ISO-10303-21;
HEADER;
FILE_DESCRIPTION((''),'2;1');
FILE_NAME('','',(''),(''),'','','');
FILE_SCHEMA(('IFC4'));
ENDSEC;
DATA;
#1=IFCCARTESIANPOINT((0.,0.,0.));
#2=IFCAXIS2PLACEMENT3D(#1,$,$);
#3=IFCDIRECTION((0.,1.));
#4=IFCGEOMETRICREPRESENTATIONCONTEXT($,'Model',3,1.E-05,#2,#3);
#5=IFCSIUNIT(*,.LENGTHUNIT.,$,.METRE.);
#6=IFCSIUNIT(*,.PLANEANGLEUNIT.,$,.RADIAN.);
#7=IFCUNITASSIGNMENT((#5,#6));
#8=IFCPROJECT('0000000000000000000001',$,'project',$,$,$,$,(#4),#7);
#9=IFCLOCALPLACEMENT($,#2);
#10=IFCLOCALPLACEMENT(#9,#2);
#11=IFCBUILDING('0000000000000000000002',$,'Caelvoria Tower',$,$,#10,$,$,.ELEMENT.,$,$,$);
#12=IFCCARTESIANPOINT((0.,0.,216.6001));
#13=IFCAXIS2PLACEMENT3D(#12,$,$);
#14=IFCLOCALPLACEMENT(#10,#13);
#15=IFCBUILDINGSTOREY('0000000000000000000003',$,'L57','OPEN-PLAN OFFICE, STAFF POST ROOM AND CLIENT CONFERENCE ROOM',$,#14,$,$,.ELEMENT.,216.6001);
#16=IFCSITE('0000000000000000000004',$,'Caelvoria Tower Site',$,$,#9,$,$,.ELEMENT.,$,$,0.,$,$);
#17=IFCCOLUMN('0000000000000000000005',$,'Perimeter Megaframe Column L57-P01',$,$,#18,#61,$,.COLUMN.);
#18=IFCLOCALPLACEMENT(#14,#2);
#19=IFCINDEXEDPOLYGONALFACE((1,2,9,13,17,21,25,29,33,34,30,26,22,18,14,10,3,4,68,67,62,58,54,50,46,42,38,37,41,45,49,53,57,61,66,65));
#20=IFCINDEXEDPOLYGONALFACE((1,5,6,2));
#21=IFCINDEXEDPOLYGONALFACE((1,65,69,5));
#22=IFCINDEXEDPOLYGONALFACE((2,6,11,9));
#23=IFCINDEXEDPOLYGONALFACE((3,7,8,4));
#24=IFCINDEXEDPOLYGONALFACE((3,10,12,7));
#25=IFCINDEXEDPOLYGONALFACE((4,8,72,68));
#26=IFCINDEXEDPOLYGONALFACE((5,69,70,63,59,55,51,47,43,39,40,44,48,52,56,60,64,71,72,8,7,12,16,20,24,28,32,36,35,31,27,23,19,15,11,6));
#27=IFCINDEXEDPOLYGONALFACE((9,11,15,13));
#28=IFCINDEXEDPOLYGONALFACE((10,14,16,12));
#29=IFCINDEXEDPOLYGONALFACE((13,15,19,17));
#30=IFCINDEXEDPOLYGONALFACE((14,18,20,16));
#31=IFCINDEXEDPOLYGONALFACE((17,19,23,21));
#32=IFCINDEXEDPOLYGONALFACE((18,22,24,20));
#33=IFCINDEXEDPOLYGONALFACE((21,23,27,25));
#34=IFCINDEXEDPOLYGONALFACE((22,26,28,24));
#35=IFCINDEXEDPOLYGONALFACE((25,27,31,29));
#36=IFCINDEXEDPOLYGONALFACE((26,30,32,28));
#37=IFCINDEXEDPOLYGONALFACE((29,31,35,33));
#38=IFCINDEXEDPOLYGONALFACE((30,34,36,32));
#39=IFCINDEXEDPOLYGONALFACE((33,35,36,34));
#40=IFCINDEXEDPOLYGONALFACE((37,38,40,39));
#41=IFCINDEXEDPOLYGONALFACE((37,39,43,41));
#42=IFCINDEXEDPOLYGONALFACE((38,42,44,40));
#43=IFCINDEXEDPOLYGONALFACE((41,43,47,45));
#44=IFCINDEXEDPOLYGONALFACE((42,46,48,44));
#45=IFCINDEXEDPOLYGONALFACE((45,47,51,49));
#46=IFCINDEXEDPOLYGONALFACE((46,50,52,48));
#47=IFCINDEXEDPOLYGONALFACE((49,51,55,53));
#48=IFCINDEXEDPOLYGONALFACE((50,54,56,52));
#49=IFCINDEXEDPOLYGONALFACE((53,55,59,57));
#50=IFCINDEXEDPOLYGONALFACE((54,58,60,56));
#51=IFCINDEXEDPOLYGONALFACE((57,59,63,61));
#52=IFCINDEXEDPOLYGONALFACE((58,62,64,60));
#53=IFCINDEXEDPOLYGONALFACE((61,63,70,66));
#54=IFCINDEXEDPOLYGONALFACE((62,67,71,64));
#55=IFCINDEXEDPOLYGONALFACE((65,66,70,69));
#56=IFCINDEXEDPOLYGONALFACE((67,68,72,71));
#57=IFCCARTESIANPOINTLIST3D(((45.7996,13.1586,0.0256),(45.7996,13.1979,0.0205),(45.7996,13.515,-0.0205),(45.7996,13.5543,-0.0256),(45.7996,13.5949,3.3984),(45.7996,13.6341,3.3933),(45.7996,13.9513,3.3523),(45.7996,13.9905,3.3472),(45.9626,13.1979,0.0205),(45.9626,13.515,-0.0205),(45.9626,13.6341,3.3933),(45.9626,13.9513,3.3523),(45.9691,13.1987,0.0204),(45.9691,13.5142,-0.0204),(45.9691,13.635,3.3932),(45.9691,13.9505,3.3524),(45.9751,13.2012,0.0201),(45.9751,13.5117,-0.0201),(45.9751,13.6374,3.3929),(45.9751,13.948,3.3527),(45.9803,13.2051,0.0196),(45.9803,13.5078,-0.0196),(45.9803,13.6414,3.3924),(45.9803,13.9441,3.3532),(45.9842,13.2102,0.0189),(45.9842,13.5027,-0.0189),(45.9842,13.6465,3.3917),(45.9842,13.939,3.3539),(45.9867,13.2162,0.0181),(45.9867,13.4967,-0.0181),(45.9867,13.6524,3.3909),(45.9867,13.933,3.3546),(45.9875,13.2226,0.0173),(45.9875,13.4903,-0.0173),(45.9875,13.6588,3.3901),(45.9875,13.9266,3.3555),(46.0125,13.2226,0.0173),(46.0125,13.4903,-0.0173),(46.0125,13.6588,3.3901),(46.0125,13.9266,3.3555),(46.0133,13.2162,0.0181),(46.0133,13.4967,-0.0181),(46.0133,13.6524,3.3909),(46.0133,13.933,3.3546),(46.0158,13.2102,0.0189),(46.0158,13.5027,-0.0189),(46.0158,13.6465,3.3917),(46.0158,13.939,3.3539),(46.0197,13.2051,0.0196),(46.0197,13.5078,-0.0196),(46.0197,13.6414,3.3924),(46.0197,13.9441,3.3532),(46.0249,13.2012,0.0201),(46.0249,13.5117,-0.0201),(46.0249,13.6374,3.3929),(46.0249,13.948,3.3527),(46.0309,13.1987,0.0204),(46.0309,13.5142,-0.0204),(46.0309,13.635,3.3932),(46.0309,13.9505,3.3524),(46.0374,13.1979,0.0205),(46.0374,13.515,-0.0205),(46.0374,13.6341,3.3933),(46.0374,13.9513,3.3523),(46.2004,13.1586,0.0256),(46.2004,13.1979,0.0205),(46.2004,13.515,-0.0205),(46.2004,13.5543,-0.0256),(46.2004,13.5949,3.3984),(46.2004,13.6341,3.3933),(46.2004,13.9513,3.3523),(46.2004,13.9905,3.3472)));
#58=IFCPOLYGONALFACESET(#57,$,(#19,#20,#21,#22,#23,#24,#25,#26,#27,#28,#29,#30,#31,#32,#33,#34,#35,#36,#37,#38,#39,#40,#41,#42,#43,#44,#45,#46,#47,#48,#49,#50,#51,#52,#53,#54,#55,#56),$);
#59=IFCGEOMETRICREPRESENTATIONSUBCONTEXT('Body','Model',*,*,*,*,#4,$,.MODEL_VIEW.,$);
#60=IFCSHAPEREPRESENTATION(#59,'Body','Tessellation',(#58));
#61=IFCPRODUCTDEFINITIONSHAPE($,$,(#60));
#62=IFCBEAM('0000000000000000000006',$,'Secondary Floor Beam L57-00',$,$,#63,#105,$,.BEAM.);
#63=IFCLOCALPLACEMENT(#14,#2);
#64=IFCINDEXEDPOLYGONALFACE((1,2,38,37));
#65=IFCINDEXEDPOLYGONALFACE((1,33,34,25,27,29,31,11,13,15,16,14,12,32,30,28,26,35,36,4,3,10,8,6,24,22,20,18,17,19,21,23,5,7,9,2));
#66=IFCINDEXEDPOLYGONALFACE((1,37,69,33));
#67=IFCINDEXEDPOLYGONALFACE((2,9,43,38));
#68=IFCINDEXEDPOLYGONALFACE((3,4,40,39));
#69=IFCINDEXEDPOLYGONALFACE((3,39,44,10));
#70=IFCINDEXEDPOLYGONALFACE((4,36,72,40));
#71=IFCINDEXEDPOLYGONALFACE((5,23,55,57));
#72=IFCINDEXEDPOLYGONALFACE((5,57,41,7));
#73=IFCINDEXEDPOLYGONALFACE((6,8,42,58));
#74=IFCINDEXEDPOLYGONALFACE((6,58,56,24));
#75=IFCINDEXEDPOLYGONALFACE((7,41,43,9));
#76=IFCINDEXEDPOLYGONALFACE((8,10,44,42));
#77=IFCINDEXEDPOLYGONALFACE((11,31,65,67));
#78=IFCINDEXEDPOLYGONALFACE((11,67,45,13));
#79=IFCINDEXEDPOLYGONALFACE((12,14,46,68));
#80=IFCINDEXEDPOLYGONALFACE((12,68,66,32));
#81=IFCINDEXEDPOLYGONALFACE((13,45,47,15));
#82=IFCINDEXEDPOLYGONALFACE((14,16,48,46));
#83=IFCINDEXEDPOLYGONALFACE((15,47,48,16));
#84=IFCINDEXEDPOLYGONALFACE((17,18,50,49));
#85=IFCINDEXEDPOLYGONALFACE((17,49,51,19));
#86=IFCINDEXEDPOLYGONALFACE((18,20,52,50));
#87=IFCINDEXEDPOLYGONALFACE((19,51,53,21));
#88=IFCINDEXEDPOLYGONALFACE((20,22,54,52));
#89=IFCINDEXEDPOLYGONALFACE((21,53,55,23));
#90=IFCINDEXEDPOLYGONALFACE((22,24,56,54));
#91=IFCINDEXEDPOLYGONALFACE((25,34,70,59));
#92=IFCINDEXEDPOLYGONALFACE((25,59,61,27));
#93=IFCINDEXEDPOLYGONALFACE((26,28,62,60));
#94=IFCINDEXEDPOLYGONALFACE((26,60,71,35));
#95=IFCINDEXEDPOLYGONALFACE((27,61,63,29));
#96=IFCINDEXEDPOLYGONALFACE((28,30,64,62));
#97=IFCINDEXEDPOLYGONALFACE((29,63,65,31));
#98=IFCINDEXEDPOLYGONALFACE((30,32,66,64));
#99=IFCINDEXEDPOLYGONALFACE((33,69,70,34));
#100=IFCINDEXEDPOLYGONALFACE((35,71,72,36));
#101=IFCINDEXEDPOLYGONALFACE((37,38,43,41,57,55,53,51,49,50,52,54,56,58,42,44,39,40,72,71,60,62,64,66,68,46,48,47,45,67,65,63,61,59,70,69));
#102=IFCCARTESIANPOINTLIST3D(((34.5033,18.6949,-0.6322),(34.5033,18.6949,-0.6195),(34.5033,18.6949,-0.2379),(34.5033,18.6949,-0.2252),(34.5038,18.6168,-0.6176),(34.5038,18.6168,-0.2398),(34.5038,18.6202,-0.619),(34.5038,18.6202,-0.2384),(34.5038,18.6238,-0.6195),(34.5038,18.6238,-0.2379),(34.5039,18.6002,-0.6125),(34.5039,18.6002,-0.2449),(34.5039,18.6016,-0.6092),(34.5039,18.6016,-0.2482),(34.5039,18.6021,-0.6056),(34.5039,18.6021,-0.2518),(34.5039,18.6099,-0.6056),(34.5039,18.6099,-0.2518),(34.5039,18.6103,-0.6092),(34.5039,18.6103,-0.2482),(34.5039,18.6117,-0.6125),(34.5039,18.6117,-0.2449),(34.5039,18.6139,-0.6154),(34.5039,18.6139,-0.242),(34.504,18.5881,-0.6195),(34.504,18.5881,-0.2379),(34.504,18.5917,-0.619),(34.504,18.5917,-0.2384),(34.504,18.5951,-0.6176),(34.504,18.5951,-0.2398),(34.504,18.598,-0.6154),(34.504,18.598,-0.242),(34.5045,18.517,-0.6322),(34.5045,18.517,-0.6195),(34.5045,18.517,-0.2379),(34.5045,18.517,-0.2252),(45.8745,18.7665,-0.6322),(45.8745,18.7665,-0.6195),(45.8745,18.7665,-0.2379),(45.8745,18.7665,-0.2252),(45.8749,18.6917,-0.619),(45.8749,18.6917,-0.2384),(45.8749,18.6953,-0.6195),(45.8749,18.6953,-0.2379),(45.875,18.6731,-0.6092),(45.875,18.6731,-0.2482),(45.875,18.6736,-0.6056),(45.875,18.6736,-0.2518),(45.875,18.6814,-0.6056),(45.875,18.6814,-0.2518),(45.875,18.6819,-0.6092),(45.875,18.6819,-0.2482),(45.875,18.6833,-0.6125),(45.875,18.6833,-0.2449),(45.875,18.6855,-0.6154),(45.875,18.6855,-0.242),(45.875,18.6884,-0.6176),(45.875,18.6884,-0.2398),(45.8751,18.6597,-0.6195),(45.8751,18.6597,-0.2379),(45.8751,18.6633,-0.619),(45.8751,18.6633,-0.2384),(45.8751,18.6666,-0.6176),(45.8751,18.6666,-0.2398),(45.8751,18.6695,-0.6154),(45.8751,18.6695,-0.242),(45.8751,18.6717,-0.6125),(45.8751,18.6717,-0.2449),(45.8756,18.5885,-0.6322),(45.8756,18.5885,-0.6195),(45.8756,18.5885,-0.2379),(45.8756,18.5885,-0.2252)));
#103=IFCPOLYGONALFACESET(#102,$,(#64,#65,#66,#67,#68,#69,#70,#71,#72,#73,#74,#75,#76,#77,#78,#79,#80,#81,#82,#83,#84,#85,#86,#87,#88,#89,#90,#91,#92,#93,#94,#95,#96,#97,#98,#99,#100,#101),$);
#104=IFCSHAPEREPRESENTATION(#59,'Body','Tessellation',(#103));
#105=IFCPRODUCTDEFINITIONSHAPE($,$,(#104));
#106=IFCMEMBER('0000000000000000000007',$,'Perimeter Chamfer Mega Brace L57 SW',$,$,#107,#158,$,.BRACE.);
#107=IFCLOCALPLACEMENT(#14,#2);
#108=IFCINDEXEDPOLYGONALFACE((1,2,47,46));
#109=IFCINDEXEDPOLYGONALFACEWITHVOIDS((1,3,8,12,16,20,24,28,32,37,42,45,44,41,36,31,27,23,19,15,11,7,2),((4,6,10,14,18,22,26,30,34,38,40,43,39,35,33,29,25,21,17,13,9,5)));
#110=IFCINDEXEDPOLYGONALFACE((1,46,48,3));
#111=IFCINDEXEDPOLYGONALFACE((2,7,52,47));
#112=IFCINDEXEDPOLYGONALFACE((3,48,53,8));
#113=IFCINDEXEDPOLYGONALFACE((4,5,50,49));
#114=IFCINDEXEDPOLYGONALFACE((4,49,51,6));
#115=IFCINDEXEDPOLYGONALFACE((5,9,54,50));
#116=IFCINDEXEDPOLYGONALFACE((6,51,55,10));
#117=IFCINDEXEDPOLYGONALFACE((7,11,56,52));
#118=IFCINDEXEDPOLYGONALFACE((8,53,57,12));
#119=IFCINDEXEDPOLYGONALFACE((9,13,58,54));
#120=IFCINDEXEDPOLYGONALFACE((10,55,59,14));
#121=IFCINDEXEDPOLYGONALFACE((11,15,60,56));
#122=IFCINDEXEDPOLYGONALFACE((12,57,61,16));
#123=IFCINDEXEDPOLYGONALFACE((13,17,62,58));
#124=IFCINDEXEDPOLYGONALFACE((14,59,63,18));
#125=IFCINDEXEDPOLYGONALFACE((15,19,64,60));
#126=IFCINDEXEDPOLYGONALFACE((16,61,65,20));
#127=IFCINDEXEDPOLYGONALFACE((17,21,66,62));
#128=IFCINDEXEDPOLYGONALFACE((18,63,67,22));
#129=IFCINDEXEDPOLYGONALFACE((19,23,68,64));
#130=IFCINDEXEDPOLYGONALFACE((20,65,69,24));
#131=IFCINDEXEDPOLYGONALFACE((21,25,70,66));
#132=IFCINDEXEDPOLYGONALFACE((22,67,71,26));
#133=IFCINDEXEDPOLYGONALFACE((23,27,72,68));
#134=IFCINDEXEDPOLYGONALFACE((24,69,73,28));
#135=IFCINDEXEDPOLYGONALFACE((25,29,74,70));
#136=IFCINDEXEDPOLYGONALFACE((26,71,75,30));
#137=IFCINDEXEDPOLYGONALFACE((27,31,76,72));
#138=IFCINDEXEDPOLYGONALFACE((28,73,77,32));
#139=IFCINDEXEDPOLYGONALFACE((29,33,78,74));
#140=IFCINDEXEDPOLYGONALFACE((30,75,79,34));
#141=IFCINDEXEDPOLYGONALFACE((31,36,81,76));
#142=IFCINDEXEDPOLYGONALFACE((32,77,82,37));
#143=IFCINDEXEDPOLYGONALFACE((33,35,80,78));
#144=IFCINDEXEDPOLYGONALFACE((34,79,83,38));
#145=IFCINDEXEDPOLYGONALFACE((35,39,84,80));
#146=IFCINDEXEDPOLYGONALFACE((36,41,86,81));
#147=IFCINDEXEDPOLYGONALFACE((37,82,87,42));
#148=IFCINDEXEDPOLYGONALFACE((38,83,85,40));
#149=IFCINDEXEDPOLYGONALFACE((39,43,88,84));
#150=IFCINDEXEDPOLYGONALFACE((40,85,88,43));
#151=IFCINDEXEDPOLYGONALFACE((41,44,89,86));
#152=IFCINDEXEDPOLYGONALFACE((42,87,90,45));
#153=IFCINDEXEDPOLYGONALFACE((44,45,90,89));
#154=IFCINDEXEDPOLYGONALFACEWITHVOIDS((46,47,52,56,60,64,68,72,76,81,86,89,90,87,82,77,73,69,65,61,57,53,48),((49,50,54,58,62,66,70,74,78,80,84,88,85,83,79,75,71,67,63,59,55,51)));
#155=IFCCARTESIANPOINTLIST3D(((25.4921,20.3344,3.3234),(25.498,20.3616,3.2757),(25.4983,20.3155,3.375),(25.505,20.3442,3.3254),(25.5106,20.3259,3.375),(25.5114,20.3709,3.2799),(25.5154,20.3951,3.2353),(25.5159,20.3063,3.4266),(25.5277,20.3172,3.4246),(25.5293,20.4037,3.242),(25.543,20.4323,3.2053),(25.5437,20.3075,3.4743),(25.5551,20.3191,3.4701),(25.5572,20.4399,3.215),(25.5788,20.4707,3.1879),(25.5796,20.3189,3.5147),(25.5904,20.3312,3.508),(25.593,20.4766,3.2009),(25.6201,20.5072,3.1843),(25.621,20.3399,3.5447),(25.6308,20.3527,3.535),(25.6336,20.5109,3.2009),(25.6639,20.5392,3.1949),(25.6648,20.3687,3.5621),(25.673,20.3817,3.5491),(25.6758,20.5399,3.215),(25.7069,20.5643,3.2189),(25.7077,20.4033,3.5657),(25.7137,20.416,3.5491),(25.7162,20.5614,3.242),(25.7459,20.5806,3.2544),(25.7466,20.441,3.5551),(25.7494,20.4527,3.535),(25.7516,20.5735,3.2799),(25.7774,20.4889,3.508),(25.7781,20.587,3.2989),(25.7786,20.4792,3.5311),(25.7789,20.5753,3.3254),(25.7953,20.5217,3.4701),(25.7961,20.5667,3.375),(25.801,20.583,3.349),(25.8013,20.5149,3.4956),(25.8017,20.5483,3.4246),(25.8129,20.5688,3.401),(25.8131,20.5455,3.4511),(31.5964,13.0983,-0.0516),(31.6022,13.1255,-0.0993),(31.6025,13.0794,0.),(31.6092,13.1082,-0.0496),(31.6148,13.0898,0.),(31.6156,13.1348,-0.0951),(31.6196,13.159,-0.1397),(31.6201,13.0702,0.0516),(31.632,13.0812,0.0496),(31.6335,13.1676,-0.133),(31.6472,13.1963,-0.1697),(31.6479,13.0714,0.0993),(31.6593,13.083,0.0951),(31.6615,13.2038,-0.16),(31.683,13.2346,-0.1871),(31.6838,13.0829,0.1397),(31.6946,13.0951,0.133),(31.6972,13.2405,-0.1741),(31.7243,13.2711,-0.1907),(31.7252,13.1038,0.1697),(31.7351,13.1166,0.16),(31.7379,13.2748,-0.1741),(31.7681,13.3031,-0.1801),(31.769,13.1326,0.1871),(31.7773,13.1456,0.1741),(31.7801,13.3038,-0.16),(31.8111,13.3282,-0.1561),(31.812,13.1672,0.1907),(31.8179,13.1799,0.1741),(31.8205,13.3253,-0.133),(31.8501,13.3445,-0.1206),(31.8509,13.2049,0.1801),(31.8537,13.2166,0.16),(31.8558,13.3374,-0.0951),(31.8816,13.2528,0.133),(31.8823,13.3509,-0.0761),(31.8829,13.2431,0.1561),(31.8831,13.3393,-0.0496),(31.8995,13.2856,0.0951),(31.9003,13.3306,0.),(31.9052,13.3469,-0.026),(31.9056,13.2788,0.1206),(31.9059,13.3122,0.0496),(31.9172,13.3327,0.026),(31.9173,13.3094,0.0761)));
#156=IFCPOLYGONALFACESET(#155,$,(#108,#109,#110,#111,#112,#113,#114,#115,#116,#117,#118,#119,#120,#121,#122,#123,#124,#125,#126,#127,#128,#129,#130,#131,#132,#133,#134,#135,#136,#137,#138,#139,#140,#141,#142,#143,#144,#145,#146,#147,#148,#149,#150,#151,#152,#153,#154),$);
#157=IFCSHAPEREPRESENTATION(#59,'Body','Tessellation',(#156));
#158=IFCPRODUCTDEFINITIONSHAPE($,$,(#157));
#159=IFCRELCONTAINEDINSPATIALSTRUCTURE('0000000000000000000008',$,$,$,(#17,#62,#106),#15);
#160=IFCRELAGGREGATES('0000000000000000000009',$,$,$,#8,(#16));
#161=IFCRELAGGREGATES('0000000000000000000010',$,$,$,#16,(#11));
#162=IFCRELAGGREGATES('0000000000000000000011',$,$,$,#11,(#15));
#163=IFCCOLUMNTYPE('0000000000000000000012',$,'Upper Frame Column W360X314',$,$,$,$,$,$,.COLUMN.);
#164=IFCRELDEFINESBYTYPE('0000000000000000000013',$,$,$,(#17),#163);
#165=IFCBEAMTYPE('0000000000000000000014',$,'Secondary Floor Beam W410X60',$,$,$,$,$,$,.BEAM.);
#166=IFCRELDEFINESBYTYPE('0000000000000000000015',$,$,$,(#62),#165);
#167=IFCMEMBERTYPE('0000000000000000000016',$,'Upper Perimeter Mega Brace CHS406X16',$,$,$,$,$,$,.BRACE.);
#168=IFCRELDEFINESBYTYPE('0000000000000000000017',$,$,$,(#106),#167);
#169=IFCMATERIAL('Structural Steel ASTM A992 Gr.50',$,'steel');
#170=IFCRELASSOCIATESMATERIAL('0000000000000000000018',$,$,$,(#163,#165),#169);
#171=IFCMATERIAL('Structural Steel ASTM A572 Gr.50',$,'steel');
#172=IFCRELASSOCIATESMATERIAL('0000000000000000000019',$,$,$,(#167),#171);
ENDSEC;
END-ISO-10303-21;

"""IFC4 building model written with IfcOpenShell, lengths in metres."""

from ifc_helpers import new_model, si_unit, direction, frame, origin, origin_2d, place, context, subcontext, project, spatial, hollow_circle, i_section, extrude, material, material_profile, profile_set, type_object, element, save


model = new_model("IFC4")

# Units and contexts
model_context = context("Model", 3, precision=1e-05, world=origin(), true_north=direction((0.0, 1.0)))
body_context = subcontext(model_context, "Body", "Model", "MODEL_VIEW")
ifc_project = project(units=[si_unit("LENGTHUNIT", "METRE"), si_unit("PLANEANGLEUNIT", "RADIAN")], contexts=[model_context])

# Site, building, storey
site_placement = place(None, origin())
site = spatial("IfcSite", under=ifc_project, at=site_placement, Name="Caelvoria Tower Site", CompositionType="ELEMENT", RefElevation=0.0)
building_placement = place(site_placement, origin())
building = spatial("IfcBuilding", under=site, at=building_placement, Name="Caelvoria Tower", CompositionType="ELEMENT")
storey_placement = place(building_placement, frame((0.0, 0.0, 216.6001)))
storey = spatial("IfcBuildingStorey", under=building, at=storey_placement, Name="L57", Description="OPEN-PLAN OFFICE, STAFF POST ROOM AND CLIENT CONFERENCE ROOM", CompositionType="ELEMENT", Elevation=216.6001)

# Column
ifc_material_1 = material(Name="Structural Steel ASTM A992 Gr.50", Category="steel")
ifc_material_profile_1 = material_profile(ifc_material_1, i_section(OverallWidth=0.4009, OverallDepth=0.3989, WebThickness=0.0249, FlangeThickness=0.0396, FilletRadius=0.0249, at=origin_2d()), Name="Structural Steel ASTM A992 Gr.50")
ifc_profile_set_1 = profile_set([ifc_material_profile_1], Name="W360X314 - Structural Steel ASTM A992 Gr.50")
column_type = type_object("IfcColumnType", Name="Upper Frame Column W360X314", PredefinedType="COLUMN", material=ifc_profile_set_1)
column_placement = place(storey_placement, frame((46.0, 13.3564, 0.0), z_axis=(0.0, 0.128283, 0.991738), x_axis=(-1.0, 0.0, 0.0)))
element("IfcColumn", 1, at=column_placement, inside=storey, type_object=column_type, Name="Perimeter Megaframe Column L57-P01", PredefinedType="COLUMN", context=body_context, shape_type="SweptSolid", body=[
    extrude(i_section(OverallWidth=0.4009, OverallDepth=0.3989, WebThickness=0.0249, FlangeThickness=0.0396, FilletRadius=0.0249, at=origin_2d()), origin(), (0.0, 0.0, 1.0), 3.4009),
])

# Beam
ifc_material_profile_2 = material_profile(ifc_material_1, i_section(OverallWidth=0.178, OverallDepth=0.407, WebThickness=0.0078, FlangeThickness=0.0127, FilletRadius=0.0139, at=origin_2d()), Name="Structural Steel ASTM A992 Gr.50")
ifc_profile_set_2 = profile_set([ifc_material_profile_2], Name="W410X60 - Structural Steel ASTM A992 Gr.50")
beam_type = type_object("IfcBeamType", Name="Secondary Floor Beam W410X60", PredefinedType="BEAM", material=ifc_profile_set_2)
beam_placement = place(storey_placement, frame((34.5039, 18.606, -0.4287), z_axis=(0.99998, 0.006291, 0.0), x_axis=(-0.006291, 0.99998, 0.0)))
element("IfcBeam", 2, at=beam_placement, inside=storey, type_object=beam_type, Name="Secondary Floor Beam L57-00", PredefinedType="BEAM", context=body_context, shape_type="SweptSolid", body=[
    extrude(i_section(OverallWidth=0.178, OverallDepth=0.407, WebThickness=0.0078, FlangeThickness=0.0127, FilletRadius=0.0139, at=origin_2d()), origin(), (0.0, 0.0, 1.0), 11.3713),
])

# Member
ifc_material_2 = material(Name="Structural Steel ASTM A572 Gr.50", Category="steel")
ifc_material_profile_3 = material_profile(ifc_material_2, hollow_circle(Radius=0.2029, WallThickness=0.0161, at=origin_2d()), Name="Structural Steel ASTM A572 Gr.50")
ifc_profile_set_3 = profile_set([ifc_material_profile_3], Name="CHS406X16 - Structural Steel ASTM A572 Gr.50")
member_type = type_object("IfcMemberType", Name="Upper Perimeter Mega Brace CHS406X16", PredefinedType="BRACE", material=ifc_profile_set_3)
member_1_placement = place(storey_placement, frame((31.7576, 13.2102, 0.0), z_axis=(-0.607355, 0.71997, 0.335803), x_axis=(-0.764354, -0.644797, 0.0)))
element("IfcMember", 3, at=member_1_placement, inside=storey, type_object=member_type, Name="Perimeter Chamfer Mega Brace L57 SW", PredefinedType="BRACE", context=body_context, shape_type="SweptSolid", body=[
    extrude(hollow_circle(Radius=0.2029, WallThickness=0.0161, at=origin_2d()), origin(), (0.0, 0.0, 1.0), 10.0505),
])

save(model, "model.ifc")
